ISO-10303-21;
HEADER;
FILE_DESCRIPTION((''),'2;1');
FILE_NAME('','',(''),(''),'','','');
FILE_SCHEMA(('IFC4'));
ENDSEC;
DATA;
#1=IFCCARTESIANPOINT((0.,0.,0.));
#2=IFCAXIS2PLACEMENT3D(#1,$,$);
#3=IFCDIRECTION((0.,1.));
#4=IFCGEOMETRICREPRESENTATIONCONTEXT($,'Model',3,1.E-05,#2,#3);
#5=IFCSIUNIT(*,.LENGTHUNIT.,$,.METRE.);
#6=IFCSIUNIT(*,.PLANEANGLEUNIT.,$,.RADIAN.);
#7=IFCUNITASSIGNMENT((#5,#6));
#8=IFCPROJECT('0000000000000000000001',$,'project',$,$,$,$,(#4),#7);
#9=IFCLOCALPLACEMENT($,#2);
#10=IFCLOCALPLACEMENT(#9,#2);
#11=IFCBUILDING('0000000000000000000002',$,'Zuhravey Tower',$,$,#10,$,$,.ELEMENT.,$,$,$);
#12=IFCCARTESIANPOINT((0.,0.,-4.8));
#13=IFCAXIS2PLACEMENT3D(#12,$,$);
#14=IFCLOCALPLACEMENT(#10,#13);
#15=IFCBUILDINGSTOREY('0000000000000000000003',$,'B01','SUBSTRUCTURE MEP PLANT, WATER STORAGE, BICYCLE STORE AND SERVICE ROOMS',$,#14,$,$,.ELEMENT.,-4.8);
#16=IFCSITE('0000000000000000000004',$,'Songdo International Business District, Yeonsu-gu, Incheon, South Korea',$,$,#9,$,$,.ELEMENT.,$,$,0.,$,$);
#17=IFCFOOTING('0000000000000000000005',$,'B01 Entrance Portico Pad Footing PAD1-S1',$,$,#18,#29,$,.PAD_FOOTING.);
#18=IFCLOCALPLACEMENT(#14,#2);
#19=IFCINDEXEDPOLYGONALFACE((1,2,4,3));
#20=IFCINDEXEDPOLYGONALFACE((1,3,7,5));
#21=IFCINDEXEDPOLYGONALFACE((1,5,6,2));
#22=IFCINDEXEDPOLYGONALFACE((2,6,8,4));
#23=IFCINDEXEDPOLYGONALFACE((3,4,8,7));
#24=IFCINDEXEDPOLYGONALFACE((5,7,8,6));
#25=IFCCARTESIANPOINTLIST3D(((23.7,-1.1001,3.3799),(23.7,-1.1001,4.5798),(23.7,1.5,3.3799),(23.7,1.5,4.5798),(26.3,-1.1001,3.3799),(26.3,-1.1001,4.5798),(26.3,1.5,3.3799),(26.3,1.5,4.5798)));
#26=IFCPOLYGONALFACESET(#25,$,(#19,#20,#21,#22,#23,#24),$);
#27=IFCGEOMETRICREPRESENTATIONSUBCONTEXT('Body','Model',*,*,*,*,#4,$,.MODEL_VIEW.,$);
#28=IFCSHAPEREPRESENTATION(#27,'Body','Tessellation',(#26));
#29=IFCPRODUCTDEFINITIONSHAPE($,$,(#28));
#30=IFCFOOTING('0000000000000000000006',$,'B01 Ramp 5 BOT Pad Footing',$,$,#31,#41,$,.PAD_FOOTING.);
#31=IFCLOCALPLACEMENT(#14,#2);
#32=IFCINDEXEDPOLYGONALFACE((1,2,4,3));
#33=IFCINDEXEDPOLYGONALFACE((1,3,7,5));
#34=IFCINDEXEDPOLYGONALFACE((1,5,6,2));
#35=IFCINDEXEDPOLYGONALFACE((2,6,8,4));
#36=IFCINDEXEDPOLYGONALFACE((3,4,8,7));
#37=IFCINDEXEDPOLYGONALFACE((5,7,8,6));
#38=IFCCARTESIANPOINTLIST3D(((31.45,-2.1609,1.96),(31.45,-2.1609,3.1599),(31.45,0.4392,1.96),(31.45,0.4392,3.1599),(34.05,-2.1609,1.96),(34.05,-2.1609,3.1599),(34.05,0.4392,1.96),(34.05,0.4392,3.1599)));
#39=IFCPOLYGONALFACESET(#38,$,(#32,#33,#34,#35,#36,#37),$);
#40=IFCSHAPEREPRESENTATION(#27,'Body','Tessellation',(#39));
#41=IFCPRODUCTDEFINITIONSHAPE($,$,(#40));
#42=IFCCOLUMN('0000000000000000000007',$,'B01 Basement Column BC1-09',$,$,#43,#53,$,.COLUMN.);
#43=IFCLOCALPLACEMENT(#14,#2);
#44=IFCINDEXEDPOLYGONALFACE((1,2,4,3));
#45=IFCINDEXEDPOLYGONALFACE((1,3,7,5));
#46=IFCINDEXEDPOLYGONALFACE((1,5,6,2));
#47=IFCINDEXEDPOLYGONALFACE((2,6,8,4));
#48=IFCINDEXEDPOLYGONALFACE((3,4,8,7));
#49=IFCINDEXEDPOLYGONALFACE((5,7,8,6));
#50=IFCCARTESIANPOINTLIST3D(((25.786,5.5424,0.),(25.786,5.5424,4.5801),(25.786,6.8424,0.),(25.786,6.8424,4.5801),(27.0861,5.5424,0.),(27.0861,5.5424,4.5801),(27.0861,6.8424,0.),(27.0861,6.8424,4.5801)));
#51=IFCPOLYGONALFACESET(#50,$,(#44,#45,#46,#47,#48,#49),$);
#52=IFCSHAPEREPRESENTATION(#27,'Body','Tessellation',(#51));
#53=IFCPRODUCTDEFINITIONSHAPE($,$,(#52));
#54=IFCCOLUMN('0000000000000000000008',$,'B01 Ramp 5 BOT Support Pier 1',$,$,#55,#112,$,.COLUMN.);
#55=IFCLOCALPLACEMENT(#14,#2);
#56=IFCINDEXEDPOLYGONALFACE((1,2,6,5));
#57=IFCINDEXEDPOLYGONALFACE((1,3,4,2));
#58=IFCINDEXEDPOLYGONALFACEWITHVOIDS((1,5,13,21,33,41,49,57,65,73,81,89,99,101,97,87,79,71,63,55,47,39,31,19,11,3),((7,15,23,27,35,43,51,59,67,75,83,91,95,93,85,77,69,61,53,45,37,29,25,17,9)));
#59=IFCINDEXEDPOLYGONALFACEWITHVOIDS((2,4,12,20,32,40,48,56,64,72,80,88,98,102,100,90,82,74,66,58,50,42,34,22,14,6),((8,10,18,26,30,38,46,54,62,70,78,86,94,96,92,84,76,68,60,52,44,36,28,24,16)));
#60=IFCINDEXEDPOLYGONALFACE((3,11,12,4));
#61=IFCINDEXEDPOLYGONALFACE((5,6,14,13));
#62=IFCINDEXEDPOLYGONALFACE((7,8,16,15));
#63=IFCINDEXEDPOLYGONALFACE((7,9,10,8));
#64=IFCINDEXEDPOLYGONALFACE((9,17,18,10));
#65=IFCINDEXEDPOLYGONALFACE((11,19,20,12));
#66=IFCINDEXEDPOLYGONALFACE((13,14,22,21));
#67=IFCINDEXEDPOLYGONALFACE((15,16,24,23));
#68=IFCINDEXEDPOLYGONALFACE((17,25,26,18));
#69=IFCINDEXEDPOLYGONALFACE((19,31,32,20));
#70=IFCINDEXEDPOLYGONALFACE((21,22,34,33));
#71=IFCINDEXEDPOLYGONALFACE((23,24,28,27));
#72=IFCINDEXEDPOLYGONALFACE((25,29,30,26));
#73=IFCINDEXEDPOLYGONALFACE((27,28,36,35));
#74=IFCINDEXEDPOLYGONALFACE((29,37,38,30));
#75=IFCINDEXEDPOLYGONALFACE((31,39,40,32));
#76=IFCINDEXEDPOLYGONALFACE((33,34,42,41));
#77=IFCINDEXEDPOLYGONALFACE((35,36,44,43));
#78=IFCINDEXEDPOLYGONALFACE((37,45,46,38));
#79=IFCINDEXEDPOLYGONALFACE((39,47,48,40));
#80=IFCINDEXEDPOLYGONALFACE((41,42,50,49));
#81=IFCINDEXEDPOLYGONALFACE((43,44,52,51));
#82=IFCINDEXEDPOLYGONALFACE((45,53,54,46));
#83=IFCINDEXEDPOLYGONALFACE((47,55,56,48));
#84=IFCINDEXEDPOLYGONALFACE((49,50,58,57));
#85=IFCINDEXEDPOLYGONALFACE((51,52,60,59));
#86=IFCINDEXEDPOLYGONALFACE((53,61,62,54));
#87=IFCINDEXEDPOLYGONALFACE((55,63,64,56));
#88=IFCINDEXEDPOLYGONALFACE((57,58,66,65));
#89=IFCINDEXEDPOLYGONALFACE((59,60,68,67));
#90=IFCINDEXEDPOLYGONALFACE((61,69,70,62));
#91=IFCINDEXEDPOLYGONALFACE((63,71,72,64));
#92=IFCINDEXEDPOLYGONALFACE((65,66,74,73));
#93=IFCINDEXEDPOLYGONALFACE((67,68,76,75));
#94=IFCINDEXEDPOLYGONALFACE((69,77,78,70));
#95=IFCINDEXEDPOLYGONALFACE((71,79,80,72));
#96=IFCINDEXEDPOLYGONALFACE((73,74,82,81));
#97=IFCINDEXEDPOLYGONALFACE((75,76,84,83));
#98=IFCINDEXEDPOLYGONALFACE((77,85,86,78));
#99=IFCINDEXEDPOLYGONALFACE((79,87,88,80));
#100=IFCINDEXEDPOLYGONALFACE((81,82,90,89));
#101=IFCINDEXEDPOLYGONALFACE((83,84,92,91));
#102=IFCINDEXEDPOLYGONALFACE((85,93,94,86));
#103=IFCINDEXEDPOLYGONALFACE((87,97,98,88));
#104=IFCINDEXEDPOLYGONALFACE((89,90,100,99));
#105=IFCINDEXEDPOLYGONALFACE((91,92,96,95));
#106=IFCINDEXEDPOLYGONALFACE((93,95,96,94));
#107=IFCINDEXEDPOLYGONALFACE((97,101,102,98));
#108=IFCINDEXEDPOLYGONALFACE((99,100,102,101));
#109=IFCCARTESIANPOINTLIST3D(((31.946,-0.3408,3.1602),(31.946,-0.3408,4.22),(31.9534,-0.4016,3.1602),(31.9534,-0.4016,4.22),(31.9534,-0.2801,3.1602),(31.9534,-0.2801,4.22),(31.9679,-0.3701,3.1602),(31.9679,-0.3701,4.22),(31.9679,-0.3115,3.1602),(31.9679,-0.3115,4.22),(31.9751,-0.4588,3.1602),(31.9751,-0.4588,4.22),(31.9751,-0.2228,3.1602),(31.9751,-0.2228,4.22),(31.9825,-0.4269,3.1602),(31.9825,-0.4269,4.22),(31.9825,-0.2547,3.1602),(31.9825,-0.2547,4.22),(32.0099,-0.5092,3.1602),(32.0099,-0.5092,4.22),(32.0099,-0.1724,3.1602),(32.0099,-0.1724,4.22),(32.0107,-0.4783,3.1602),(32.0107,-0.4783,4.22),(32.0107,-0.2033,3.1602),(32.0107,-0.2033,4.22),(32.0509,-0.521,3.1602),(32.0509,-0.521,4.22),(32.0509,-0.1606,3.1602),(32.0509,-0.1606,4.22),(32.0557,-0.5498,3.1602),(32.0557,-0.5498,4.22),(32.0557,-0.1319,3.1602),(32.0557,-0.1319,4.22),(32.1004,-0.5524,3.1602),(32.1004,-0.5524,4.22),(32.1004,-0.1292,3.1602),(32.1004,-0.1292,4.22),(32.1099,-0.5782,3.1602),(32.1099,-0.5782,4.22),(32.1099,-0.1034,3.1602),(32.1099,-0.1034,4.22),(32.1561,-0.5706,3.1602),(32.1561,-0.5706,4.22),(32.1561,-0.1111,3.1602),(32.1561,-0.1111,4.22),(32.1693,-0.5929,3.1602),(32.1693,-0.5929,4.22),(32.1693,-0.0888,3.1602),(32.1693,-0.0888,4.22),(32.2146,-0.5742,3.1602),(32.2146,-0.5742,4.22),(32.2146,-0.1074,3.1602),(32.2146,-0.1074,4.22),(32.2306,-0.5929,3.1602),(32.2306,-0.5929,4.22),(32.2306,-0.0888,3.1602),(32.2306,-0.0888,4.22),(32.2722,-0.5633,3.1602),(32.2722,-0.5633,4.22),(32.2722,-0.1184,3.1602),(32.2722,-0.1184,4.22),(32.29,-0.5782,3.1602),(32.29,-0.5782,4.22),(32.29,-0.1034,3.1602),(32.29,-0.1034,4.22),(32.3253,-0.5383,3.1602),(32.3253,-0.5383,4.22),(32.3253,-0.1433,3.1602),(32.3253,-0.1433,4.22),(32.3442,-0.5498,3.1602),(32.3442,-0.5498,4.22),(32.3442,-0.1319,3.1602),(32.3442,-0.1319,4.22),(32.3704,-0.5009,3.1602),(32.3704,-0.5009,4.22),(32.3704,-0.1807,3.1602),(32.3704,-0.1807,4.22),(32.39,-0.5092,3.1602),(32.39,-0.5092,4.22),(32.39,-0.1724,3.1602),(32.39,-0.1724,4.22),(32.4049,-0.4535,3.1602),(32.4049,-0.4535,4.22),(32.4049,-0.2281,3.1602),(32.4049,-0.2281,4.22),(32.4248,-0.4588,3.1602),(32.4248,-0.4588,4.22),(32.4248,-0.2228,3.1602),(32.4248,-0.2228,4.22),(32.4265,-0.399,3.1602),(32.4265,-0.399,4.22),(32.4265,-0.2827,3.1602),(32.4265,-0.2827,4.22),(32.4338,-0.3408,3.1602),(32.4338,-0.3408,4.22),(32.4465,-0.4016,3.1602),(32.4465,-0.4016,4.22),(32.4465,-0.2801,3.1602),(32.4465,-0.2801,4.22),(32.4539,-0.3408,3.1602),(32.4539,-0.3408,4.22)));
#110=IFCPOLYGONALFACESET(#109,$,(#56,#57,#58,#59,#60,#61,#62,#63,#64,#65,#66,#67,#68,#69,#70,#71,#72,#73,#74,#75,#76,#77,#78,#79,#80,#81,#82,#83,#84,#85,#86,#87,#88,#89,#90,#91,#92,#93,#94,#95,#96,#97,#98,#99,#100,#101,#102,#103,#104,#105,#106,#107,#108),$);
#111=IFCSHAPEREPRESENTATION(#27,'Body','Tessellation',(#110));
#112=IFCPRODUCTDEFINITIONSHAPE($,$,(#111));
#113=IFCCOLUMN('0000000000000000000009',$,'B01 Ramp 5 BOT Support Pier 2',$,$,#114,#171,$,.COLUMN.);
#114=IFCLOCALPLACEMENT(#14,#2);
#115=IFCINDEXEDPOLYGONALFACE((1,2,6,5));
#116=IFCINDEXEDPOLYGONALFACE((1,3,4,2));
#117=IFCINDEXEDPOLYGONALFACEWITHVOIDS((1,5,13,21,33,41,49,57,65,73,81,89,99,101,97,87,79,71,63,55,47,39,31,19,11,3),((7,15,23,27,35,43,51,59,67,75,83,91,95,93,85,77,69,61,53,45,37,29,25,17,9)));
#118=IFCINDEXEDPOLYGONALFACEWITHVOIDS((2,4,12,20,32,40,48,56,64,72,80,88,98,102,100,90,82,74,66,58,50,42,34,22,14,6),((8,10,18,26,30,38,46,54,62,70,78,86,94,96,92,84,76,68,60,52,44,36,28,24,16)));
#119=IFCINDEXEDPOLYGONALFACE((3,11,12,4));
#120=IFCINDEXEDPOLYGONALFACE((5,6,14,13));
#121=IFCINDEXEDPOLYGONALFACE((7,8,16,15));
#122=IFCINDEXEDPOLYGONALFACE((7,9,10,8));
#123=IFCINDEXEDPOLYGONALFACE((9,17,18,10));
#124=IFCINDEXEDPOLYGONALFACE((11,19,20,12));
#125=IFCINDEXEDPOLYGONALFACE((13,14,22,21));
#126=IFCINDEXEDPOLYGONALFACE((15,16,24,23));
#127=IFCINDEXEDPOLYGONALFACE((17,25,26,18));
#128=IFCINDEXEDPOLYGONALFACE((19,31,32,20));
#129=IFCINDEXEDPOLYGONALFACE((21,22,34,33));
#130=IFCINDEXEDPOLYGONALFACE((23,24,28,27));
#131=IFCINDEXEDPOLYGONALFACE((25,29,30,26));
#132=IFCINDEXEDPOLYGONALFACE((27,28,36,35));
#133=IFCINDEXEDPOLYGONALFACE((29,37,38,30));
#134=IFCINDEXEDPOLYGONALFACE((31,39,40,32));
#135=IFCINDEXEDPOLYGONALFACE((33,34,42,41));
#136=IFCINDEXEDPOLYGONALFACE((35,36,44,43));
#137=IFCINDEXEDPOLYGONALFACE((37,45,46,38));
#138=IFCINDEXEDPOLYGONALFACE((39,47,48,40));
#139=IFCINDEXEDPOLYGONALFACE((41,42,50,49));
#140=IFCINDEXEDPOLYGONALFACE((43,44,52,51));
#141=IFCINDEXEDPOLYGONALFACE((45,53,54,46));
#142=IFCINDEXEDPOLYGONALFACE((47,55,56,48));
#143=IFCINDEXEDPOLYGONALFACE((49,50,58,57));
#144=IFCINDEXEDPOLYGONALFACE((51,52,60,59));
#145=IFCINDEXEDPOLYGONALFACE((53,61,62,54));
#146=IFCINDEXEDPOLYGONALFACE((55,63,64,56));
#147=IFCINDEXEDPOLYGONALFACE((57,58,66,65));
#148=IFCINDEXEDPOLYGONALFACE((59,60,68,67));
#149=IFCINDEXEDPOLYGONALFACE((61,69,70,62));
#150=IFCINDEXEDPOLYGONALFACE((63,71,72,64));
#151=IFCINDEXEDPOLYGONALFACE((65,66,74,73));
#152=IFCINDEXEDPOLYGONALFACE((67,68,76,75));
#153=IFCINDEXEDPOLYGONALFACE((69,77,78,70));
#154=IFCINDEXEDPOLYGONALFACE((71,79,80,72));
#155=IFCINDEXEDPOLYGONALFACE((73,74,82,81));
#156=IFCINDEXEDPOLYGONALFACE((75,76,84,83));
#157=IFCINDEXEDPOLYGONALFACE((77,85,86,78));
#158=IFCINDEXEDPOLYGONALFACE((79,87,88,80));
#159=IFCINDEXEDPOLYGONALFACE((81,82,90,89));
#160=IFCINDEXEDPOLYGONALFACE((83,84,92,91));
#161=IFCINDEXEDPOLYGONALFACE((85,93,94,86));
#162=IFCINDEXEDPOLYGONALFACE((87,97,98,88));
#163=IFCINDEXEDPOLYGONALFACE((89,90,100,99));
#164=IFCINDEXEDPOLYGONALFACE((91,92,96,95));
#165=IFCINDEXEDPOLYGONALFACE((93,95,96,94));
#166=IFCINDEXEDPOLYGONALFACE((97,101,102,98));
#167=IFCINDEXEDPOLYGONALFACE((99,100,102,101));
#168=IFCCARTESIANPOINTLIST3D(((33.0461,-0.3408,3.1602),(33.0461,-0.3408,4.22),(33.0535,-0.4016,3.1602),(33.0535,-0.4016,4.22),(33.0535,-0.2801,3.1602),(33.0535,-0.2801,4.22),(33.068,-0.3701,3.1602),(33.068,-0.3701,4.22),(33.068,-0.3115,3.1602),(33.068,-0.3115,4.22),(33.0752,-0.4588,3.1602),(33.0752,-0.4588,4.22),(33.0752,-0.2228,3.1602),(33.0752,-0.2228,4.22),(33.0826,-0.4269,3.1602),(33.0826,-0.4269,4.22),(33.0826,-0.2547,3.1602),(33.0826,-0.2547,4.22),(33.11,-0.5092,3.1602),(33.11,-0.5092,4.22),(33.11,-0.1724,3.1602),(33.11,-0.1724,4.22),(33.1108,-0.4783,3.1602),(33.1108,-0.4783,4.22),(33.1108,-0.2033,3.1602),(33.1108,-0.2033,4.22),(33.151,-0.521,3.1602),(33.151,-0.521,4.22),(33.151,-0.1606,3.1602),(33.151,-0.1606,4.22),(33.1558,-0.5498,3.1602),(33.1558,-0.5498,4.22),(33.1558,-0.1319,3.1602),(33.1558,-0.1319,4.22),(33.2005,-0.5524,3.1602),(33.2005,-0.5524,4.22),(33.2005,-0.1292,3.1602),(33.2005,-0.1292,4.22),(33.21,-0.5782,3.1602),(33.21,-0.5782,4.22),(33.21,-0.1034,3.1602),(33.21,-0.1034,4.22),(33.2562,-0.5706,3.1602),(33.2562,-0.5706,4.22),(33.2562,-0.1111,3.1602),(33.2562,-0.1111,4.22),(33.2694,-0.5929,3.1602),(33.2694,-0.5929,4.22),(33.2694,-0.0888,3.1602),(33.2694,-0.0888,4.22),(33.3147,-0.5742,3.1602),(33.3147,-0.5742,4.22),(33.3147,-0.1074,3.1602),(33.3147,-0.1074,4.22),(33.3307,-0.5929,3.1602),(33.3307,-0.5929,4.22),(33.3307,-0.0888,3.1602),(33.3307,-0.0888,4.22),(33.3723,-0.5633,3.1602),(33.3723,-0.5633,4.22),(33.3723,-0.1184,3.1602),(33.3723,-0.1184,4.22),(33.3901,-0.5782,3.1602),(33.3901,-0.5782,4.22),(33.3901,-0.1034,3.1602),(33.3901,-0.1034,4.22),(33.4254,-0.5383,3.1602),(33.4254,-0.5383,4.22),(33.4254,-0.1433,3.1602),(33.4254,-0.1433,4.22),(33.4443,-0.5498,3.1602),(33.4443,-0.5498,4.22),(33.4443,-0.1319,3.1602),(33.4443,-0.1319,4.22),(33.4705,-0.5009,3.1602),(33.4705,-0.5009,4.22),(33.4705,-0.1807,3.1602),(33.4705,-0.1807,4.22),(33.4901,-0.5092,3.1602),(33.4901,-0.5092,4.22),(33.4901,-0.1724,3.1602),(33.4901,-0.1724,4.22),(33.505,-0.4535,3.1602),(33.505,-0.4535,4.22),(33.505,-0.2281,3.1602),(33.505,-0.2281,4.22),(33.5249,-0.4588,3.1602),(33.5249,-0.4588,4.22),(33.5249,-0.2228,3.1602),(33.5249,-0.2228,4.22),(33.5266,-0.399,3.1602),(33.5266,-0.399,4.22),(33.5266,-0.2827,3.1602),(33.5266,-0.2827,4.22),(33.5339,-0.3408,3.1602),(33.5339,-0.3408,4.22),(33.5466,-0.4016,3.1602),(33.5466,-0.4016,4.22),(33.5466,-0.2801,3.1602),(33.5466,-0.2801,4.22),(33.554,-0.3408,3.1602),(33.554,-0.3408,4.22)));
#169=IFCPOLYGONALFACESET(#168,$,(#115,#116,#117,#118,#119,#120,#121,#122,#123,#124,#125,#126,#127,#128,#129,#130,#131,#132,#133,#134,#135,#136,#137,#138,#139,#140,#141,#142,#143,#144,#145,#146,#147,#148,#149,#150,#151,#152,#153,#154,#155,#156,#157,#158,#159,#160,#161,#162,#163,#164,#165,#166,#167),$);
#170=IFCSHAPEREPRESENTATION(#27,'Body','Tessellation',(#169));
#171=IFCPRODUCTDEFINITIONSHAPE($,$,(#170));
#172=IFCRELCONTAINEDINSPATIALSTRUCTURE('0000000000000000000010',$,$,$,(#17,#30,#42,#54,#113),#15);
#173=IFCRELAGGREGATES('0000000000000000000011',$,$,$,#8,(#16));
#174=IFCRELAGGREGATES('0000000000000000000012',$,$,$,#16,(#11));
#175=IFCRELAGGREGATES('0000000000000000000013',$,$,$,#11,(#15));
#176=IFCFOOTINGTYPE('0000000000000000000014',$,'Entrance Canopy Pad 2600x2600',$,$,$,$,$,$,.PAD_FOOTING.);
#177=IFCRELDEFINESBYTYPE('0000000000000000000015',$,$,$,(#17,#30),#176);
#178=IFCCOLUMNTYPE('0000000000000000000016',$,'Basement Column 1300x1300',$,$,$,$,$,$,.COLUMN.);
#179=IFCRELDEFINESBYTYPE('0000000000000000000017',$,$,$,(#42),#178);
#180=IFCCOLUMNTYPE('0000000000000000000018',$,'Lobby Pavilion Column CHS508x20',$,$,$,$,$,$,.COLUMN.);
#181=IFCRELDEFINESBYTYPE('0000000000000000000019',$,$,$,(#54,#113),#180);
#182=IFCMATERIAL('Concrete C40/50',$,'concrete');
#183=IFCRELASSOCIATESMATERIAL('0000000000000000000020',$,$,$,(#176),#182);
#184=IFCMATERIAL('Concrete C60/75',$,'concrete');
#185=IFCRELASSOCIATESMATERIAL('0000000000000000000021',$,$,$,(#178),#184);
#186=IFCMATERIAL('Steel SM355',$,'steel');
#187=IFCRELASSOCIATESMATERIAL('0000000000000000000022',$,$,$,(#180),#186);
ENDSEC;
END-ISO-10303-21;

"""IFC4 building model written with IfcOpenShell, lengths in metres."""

from ifc_helpers import new_model, si_unit, direction, frame, origin, origin_2d, place, context, subcontext, project, spatial, rectangle, hollow_circle, extrude, material, material_profile, profile_set, type_object, element, save


model = new_model("IFC4")

# Units and contexts
model_context = context("Model", 3, precision=1e-05, world=origin(), true_north=direction((0.0, 1.0)))
body_context = subcontext(model_context, "Body", "Model", "MODEL_VIEW")
ifc_project = project(units=[si_unit("LENGTHUNIT", "METRE"), si_unit("PLANEANGLEUNIT", "RADIAN")], contexts=[model_context])

# Site, building, storey
site_placement = place(None, origin())
site = spatial("IfcSite", under=ifc_project, at=site_placement, Name="Songdo International Business District, Yeonsu-gu, Incheon, South Korea", CompositionType="ELEMENT", RefElevation=0.0)
building_placement = place(site_placement, origin())
building = spatial("IfcBuilding", under=site, at=building_placement, Name="Zuhravey Tower", CompositionType="ELEMENT")
storey_placement = place(building_placement, frame((0.0, 0.0, -4.8)))
storey = spatial("IfcBuildingStorey", under=building, at=storey_placement, Name="B01", Description="SUBSTRUCTURE MEP PLANT, WATER STORAGE, BICYCLE STORE AND SERVICE ROOMS", CompositionType="ELEMENT", Elevation=-4.8)

# Footings
ifc_material_1 = material(Name="Concrete C40/50", Category="concrete")
footing_type = type_object("IfcFootingType", Name="Entrance Canopy Pad 2600x2600", PredefinedType="PAD_FOOTING", material=ifc_material_1)
for number, where, z_axis, x_axis, name in (
    (1, (25.0, 0.2, 3.3799), (0.0, 0.0, 1.0), (1.0, 0.0, 0.0), "B01 Entrance Portico Pad Footing PAD1-S1"),
    (2, (32.75, -0.8608, 1.96), (0.0, 0.0, 1.0), (1.0, 0.0, 0.0), "B01 Ramp 5 BOT Pad Footing"),
):
    element("IfcFooting", number, at=place(storey_placement, frame(where, z_axis=z_axis, x_axis=x_axis)), inside=storey, type_object=footing_type, Name=name, PredefinedType="PAD_FOOTING", context=body_context, shape_type="SweptSolid", body=[
        extrude(rectangle(XDim=2.6001, YDim=2.6001, at=origin_2d()), origin(), (0.0, 0.0, 1.0), 1.2),
    ])

# Columns
ifc_material_2 = material(Name="Concrete C60/75", Category="concrete")
ifc_material_profile_1 = material_profile(ifc_material_2, rectangle(XDim=1.3, YDim=1.3, at=origin_2d()), Name="RC-1300x1300")
ifc_profile_set_1 = profile_set([ifc_material_profile_1], Name="Concrete C60/75")
column_type_1 = type_object("IfcColumnType", Name="Basement Column 1300x1300", PredefinedType="COLUMN", material=ifc_profile_set_1)
column_placement = place(storey_placement, frame((26.436, 6.1924, 0.0), z_axis=(0.0, 0.0, 1.0), x_axis=(1.0, 0.0, 0.0)))
element("IfcColumn", 3, at=column_placement, inside=storey, type_object=column_type_1, Name="B01 Basement Column BC1-09", PredefinedType="COLUMN", context=body_context, shape_type="SweptSolid", body=[
    extrude(rectangle(XDim=1.3, YDim=1.3, at=origin_2d()), origin(), (0.0, 0.0, 1.0), 4.5801),
])
ifc_material_3 = material(Name="Steel SM355", Category="steel")
ifc_material_profile_2 = material_profile(ifc_material_3, hollow_circle(Radius=0.2539, WallThickness=0.02, at=origin_2d()), Name="CHS-508x20")
ifc_profile_set_2 = profile_set([ifc_material_profile_2], Name="Steel SM355")
column_type_2 = type_object("IfcColumnType", Name="Lobby Pavilion Column CHS508x20", PredefinedType="COLUMN", material=ifc_profile_set_2)
for number, where, z_axis, x_axis, name in (
    (4, (32.2, -0.3408, 3.1602), (0.0, 0.0, 1.0), (1.0, 0.0, 0.0), "B01 Ramp 5 BOT Support Pier 1"),
    (5, (33.3, -0.3408, 3.1602), (0.0, 0.0, 1.0), (1.0, 0.0, 0.0), "B01 Ramp 5 BOT Support Pier 2"),
):
    element("IfcColumn", number, at=place(storey_placement, frame(where, z_axis=z_axis, x_axis=x_axis)), inside=storey, type_object=column_type_2, Name=name, PredefinedType="COLUMN", context=body_context, shape_type="SweptSolid", body=[
        extrude(hollow_circle(Radius=0.2539, WallThickness=0.02, at=origin_2d()), origin(), (0.0, 0.0, 1.0), 1.0598),
    ])

save(model, "model.ifc")
